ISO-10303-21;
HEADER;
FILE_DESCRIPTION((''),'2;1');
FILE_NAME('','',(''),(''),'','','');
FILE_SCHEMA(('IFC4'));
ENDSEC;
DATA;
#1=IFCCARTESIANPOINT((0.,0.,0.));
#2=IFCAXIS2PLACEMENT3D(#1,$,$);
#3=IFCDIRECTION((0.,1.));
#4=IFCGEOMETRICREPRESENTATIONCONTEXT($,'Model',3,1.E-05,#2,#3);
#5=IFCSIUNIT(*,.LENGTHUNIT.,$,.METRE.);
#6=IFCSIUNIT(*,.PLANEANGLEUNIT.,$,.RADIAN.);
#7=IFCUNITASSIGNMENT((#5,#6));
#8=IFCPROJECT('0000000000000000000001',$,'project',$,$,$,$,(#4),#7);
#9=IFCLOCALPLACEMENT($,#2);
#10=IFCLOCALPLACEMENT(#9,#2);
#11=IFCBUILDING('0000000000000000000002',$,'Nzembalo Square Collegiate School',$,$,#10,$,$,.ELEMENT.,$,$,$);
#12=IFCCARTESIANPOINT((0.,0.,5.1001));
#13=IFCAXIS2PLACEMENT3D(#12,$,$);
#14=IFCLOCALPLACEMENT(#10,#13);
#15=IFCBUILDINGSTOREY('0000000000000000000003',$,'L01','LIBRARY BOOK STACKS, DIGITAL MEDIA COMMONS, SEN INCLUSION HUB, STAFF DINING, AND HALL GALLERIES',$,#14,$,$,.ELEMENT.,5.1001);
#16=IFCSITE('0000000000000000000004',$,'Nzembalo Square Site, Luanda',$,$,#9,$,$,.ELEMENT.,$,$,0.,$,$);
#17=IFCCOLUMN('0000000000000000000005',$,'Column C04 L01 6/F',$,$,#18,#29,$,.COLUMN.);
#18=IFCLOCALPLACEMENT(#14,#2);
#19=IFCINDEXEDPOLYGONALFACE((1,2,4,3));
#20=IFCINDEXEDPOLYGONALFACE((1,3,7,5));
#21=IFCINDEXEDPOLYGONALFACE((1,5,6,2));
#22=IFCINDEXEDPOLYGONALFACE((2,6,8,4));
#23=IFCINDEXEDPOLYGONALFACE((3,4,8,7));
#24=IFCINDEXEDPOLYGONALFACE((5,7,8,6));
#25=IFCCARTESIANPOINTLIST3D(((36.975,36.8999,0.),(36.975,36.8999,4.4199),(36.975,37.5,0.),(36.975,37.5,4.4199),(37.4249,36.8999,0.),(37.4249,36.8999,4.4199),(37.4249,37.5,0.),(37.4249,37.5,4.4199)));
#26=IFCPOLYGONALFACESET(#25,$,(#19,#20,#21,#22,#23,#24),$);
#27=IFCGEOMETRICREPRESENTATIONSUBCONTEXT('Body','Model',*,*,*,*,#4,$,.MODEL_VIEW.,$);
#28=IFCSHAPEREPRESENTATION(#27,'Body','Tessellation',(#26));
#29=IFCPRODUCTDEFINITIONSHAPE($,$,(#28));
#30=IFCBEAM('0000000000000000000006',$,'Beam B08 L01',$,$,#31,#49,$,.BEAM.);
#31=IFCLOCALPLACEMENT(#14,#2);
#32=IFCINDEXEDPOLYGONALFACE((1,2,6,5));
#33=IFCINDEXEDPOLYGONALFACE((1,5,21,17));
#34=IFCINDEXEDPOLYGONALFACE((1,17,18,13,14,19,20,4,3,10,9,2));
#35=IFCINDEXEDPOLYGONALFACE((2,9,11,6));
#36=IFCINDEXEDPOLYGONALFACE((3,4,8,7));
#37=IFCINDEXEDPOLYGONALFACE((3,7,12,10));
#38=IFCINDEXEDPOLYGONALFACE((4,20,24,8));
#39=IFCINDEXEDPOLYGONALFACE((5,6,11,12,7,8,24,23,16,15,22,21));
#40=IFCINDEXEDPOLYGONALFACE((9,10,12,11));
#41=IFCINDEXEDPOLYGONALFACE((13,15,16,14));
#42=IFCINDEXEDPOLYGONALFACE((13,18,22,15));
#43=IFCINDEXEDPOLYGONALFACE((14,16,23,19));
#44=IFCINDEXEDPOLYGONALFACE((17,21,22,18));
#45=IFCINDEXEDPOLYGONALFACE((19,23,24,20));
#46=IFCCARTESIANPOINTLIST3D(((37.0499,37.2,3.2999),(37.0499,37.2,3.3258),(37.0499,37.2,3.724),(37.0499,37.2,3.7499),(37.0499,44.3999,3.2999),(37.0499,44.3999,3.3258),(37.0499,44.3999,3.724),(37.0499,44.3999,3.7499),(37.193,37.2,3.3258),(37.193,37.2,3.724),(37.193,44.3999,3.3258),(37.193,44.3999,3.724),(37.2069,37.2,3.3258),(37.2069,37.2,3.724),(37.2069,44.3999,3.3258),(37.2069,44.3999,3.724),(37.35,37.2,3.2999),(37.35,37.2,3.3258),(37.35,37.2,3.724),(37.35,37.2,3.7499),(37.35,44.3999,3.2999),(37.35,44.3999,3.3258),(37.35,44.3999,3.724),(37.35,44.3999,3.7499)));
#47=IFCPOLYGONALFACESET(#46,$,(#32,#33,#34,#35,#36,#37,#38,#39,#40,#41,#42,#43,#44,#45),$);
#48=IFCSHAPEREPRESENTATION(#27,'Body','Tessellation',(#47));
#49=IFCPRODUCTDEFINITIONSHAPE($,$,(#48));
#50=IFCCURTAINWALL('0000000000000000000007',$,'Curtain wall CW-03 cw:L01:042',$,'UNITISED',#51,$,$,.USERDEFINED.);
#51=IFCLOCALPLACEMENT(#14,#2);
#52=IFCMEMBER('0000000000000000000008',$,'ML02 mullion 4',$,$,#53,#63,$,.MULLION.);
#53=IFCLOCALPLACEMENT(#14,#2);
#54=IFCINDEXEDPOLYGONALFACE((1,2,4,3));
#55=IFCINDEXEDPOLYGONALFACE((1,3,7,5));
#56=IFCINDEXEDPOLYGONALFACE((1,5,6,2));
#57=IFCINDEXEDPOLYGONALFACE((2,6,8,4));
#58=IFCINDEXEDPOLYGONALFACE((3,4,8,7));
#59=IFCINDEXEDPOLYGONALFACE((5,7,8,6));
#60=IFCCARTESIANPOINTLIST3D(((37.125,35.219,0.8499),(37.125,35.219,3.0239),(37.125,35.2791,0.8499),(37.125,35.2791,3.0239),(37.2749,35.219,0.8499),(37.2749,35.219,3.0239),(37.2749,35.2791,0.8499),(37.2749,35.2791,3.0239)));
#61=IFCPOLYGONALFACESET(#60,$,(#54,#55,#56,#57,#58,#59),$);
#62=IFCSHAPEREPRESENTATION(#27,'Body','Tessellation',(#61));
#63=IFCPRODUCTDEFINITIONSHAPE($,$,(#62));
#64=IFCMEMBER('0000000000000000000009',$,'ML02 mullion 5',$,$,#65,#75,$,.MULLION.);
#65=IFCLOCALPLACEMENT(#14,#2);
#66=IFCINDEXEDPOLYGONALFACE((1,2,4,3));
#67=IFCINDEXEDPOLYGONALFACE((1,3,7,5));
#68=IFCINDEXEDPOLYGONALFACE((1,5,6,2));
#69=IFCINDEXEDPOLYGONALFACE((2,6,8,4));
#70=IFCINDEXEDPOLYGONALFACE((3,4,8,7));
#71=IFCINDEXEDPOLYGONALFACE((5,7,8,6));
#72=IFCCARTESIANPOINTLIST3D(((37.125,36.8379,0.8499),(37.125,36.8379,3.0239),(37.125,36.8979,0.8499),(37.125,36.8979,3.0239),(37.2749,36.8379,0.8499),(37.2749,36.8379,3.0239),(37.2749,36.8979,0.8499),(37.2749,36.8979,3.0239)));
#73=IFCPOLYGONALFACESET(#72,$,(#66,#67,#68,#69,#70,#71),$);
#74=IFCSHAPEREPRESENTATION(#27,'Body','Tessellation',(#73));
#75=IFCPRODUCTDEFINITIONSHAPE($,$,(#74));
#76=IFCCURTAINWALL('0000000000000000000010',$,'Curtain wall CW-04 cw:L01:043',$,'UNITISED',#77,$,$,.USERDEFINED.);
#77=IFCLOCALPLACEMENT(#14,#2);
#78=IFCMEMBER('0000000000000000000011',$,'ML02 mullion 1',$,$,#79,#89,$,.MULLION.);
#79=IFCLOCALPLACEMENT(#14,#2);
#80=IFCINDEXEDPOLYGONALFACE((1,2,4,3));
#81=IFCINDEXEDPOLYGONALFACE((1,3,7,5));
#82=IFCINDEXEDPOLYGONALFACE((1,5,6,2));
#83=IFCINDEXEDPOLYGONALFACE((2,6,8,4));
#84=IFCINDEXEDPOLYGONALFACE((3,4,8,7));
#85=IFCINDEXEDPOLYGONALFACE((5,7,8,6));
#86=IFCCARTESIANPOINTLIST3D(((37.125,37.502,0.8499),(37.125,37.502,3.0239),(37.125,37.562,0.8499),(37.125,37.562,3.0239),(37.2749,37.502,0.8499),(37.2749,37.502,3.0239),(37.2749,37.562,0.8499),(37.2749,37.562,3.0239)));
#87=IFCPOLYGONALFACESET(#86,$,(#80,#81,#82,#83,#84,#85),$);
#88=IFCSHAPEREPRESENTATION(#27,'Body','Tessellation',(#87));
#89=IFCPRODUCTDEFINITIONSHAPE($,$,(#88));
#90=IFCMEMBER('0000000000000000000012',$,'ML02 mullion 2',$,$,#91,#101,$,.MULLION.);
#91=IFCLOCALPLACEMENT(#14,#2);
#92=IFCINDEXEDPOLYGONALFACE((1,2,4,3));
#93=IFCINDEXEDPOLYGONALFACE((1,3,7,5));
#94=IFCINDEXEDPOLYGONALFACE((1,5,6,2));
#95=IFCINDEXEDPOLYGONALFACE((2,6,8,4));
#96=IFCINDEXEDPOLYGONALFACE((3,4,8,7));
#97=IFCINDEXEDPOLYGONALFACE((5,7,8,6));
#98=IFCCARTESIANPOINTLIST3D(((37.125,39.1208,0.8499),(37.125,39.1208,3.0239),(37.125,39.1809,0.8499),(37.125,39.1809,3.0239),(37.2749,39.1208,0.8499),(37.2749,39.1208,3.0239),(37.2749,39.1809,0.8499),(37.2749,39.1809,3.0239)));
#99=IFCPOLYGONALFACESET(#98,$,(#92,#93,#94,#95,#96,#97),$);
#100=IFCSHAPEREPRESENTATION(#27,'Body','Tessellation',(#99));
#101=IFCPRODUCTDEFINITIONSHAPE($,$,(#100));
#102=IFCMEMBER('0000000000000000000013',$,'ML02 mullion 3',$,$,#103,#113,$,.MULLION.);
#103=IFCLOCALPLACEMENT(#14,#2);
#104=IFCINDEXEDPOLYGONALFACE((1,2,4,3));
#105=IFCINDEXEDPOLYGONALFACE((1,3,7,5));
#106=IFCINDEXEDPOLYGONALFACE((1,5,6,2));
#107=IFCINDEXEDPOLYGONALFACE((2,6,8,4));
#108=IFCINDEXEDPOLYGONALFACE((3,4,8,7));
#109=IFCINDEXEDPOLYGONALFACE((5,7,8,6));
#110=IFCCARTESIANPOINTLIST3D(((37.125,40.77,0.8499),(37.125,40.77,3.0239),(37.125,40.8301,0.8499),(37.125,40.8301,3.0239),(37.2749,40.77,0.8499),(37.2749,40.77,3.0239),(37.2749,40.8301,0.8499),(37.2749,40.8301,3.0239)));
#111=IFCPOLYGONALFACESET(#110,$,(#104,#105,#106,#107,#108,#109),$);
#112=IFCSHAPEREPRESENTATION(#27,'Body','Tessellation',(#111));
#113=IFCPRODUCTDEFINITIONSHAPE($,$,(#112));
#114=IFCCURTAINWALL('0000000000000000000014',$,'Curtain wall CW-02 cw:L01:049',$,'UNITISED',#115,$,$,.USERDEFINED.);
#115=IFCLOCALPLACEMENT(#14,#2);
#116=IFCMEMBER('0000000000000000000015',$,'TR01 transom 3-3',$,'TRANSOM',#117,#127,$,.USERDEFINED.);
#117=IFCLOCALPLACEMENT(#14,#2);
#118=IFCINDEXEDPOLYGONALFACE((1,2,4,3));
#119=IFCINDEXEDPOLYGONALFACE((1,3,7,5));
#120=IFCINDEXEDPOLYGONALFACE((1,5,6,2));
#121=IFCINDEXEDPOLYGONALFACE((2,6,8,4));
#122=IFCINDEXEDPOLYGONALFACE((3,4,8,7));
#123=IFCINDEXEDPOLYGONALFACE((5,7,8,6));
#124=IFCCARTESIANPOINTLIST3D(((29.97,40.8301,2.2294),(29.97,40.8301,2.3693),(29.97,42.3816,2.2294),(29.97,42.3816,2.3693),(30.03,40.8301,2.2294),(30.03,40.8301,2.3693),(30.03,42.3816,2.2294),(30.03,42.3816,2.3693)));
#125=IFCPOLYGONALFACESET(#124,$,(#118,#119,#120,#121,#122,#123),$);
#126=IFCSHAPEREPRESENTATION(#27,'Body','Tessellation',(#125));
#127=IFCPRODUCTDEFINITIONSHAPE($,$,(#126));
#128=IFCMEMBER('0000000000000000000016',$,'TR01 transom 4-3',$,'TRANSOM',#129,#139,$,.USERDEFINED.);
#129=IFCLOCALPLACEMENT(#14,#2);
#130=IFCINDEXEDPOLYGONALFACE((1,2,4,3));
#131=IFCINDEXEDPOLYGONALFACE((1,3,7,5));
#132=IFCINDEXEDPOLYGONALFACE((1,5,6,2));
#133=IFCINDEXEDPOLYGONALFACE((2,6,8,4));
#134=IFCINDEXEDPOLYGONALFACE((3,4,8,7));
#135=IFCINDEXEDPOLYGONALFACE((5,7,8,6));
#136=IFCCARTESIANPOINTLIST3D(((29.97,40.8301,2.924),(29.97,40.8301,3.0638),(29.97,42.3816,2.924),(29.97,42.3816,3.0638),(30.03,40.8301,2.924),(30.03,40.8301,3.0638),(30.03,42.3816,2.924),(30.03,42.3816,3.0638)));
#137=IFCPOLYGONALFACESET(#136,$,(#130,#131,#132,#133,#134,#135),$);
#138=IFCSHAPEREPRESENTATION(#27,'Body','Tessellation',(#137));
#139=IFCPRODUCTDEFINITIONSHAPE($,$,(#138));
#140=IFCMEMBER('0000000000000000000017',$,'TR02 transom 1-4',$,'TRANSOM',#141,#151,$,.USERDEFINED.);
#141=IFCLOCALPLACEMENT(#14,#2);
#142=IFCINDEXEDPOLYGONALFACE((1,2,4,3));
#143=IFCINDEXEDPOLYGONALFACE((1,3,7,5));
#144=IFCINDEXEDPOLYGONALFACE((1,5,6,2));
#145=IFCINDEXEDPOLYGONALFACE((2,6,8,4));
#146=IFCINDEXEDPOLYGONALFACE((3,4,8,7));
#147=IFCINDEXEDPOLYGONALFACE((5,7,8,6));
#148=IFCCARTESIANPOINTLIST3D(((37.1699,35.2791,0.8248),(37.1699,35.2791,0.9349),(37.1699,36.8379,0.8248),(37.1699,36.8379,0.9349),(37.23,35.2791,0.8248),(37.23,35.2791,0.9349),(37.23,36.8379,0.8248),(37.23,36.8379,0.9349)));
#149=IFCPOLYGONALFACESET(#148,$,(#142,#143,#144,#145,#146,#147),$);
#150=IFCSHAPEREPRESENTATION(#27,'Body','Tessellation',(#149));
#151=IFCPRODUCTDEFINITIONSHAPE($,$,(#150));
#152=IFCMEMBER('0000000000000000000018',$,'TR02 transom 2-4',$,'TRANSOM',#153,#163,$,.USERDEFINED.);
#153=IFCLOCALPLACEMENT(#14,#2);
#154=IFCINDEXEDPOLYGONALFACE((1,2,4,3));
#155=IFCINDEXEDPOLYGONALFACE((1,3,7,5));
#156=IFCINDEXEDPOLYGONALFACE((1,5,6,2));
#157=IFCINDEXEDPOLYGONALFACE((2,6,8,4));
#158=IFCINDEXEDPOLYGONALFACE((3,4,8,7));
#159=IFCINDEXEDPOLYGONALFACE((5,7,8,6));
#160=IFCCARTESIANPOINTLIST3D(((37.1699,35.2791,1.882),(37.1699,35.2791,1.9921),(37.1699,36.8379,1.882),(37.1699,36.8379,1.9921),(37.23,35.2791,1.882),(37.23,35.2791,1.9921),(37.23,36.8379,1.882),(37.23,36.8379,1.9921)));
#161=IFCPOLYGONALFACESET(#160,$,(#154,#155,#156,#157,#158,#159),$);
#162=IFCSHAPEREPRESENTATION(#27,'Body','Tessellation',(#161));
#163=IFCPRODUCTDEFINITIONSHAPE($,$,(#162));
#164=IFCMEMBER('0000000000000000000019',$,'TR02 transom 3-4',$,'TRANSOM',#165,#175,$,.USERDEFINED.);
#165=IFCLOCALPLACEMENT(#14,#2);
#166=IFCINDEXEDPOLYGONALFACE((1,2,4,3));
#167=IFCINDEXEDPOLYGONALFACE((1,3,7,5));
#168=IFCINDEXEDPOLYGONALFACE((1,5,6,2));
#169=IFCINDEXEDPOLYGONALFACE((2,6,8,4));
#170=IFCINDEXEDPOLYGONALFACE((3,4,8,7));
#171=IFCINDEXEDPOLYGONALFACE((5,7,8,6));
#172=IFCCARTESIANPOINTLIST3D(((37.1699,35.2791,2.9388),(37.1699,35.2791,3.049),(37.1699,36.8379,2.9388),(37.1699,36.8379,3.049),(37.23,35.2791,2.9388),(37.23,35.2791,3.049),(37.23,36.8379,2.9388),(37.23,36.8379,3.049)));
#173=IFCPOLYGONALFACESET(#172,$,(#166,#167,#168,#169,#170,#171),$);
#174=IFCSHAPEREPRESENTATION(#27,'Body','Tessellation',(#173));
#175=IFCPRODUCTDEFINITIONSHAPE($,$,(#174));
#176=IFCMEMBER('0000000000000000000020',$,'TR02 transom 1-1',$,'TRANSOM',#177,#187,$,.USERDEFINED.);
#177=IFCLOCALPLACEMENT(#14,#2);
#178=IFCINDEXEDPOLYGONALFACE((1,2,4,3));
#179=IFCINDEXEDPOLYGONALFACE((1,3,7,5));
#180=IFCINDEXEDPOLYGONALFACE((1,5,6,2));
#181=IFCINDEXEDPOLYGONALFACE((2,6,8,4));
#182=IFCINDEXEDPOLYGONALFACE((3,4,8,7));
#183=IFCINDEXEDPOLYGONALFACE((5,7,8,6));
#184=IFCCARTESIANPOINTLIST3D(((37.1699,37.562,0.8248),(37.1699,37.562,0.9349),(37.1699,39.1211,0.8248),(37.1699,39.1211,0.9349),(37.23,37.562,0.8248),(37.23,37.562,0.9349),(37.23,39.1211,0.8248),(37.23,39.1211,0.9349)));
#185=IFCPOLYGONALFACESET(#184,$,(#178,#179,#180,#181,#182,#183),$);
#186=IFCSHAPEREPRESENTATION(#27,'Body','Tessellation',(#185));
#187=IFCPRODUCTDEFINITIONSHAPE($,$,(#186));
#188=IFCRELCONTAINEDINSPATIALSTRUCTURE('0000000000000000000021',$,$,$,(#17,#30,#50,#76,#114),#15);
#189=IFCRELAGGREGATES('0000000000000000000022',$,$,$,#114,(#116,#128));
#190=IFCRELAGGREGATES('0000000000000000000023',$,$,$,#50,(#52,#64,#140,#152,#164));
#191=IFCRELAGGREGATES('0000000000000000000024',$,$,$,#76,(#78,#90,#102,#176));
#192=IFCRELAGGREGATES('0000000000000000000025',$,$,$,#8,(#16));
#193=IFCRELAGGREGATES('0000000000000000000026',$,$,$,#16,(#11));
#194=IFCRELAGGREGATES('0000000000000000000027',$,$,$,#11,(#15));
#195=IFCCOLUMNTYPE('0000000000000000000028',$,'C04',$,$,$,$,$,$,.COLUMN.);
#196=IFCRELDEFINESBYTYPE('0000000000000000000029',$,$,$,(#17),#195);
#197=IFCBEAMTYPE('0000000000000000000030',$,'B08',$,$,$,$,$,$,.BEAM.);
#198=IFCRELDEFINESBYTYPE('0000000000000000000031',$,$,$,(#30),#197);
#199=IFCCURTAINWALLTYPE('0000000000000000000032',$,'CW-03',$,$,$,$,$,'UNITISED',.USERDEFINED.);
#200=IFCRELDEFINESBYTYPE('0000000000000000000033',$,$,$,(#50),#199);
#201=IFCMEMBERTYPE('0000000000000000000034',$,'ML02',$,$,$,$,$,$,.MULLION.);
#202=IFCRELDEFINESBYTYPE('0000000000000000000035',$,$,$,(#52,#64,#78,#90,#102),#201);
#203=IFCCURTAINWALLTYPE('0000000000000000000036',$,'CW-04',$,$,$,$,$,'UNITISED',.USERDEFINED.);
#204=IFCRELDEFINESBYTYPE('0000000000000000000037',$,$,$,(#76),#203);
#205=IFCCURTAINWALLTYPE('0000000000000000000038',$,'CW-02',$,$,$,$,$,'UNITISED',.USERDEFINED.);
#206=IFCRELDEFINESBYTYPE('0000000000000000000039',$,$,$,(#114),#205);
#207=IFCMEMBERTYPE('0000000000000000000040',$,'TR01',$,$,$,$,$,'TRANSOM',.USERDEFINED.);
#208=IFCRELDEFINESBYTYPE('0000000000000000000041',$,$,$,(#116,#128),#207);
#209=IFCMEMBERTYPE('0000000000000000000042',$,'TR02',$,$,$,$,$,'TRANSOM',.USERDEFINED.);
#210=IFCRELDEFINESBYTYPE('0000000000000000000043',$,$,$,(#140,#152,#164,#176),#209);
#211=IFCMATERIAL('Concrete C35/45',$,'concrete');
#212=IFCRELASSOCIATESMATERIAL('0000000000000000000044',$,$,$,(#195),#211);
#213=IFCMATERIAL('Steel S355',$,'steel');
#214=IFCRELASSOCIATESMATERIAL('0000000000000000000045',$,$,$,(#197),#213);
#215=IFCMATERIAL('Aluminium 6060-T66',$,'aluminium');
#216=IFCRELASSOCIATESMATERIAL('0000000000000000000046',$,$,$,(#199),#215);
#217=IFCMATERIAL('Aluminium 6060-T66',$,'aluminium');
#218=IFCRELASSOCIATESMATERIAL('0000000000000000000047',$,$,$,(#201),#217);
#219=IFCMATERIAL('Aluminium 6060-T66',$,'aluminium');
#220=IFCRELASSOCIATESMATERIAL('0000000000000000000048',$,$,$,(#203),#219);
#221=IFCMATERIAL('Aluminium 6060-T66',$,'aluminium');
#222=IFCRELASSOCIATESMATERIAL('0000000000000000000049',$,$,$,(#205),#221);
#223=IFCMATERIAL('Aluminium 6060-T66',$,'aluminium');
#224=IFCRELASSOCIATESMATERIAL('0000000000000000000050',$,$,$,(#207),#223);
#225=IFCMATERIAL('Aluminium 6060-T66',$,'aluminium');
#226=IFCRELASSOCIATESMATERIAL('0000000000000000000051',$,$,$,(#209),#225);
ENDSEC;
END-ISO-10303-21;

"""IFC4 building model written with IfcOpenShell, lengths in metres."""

from ifc_helpers import new_model, si_unit, direction, frame, origin, origin_2d, place, context, subcontext, project, spatial, rectangle, i_section, extrude, material, material_profile, profile_set, type_object, element, aggregate, save


model = new_model("IFC4")

# Units and contexts
model_context = context("Model", 3, precision=1e-05, world=origin(), true_north=direction((0.0, 1.0)))
body_context = subcontext(model_context, "Body", "Model", "MODEL_VIEW")
ifc_project = project(units=[si_unit("LENGTHUNIT", "METRE"), si_unit("PLANEANGLEUNIT", "RADIAN")], contexts=[model_context])

# Site, building, storey
site_placement = place(None, origin())
site = spatial("IfcSite", under=ifc_project, at=site_placement, Name="Nzembalo Square Site, Luanda", CompositionType="ELEMENT", RefElevation=0.0)
building_placement = place(site_placement, origin())
building = spatial("IfcBuilding", under=site, at=building_placement, Name="Nzembalo Square Collegiate School", CompositionType="ELEMENT")
storey_placement = place(building_placement, frame((0.0, 0.0, 5.1001)))
storey = spatial("IfcBuildingStorey", under=building, at=storey_placement, Name="L01", Description="LIBRARY BOOK STACKS, DIGITAL MEDIA COMMONS, SEN INCLUSION HUB, STAFF DINING, AND HALL GALLERIES", CompositionType="ELEMENT", Elevation=5.1001)

# Column
ifc_material_1 = material(Name="Concrete C35/45", Category="concrete")
ifc_material_profile_1 = material_profile(ifc_material_1, rectangle(XDim=0.45, YDim=0.6001, at=origin_2d()), Name="RC 450x600")
ifc_profile_set_1 = profile_set([ifc_material_profile_1], Name="Concrete C35/45")
column_type = type_object("IfcColumnType", Name="C04", PredefinedType="COLUMN", material=ifc_profile_set_1)
column_placement = place(storey_placement, frame((37.2, 37.2, 0.0), z_axis=(0.0, 0.0, 1.0), x_axis=(1.0, 0.0, 0.0)))
element("IfcColumn", 1, at=column_placement, inside=storey, type_object=column_type, Name="Column C04 L01 6/F", PredefinedType="COLUMN", context=body_context, shape_type="SweptSolid", body=[
    extrude(rectangle(XDim=0.45, YDim=0.6001, at=origin_2d()), origin(), (0.0, 0.0, 1.0), 4.4199),
])

# Beam
ifc_material_2 = material(Name="Steel S355", Category="steel")
ifc_material_profile_2 = material_profile(ifc_material_2, i_section(OverallWidth=0.3, OverallDepth=0.45, WebThickness=0.0139, FlangeThickness=0.0259, at=origin_2d()), Name="HEB 450")
ifc_profile_set_2 = profile_set([ifc_material_profile_2], Name="Steel S355")
beam_type = type_object("IfcBeamType", Name="B08", PredefinedType="BEAM", material=ifc_profile_set_2)
beam_placement = place(storey_placement, frame((37.2, 37.2, 3.5249), z_axis=(0.0, 1.0, 0.0), x_axis=(-1.0, 0.0, 0.0)))
element("IfcBeam", 2, at=beam_placement, inside=storey, type_object=beam_type, Name="Beam B08 L01", PredefinedType="BEAM", context=body_context, shape_type="SweptSolid", body=[
    extrude(i_section(OverallWidth=0.3, OverallDepth=0.45, WebThickness=0.0139, FlangeThickness=0.0259, at=origin_2d()), origin(), (0.0, 0.0, 1.0), 7.2),
])

# Curtain walls, members
ifc_material_3 = material(Name="Aluminium 6060-T66", Category="aluminium")
curtain_wall_type_1 = type_object("IfcCurtainWallType", Name="CW-03", ElementType="UNITISED", PredefinedType="USERDEFINED", material=ifc_material_3)
curtain_wall_1_placement = place(storey_placement, origin())
curtain_wall_1 = element("IfcCurtainWall", 3, at=curtain_wall_1_placement, inside=storey, type_object=curtain_wall_type_1, Name="Curtain wall CW-03 cw:L01:042", ObjectType="UNITISED", PredefinedType="USERDEFINED")
ifc_material_4 = material(Name="Aluminium 6060-T66", Category="aluminium")
ifc_material_profile_3 = material_profile(ifc_material_4, rectangle(XDim=0.0601, YDim=0.1499, at=origin_2d()), Name="ALU M60x150")
ifc_profile_set_3 = profile_set([ifc_material_profile_3], Name="Aluminium 6060-T66")
member_type_1 = type_object("IfcMemberType", Name="ML02", PredefinedType="MULLION", material=ifc_profile_set_3)
member_1_placement = place(storey_placement, frame((37.2, 35.249, 0.8499), z_axis=(0.0, 0.0, 1.0), x_axis=(0.0, 1.0, 0.0)))
member_1 = element("IfcMember", 4, at=member_1_placement, type_object=member_type_1, Name="ML02 mullion 4", PredefinedType="MULLION", context=body_context, shape_type="SweptSolid", body=[
    extrude(rectangle(XDim=0.0601, YDim=0.1499, at=origin_2d()), origin(), (0.0, 0.0, 1.0), 2.1741),
])
member_2_placement = place(storey_placement, frame((37.2, 36.8679, 0.8499), z_axis=(0.0, 0.0, 1.0), x_axis=(0.0, 1.0, 0.0)))
member_2 = element("IfcMember", 5, at=member_2_placement, type_object=member_type_1, Name="ML02 mullion 5", PredefinedType="MULLION", context=body_context, shape_type="SweptSolid", body=[
    extrude(rectangle(XDim=0.0601, YDim=0.1499, at=origin_2d()), origin(), (0.0, 0.0, 1.0), 2.1741),
])
ifc_material_5 = material(Name="Aluminium 6060-T66", Category="aluminium")
curtain_wall_type_2 = type_object("IfcCurtainWallType", Name="CW-04", ElementType="UNITISED", PredefinedType="USERDEFINED", material=ifc_material_5)
curtain_wall_2_placement = place(storey_placement, origin())
curtain_wall_2 = element("IfcCurtainWall", 6, at=curtain_wall_2_placement, inside=storey, type_object=curtain_wall_type_2, Name="Curtain wall CW-04 cw:L01:043", ObjectType="UNITISED", PredefinedType="USERDEFINED")
member_3_placement = place(storey_placement, frame((37.2, 37.532, 0.8499), z_axis=(0.0, 0.0, 1.0), x_axis=(0.0, 1.0, 0.0)))
member_3 = element("IfcMember", 7, at=member_3_placement, type_object=member_type_1, Name="ML02 mullion 1", PredefinedType="MULLION", context=body_context, shape_type="SweptSolid", body=[
    extrude(rectangle(XDim=0.0601, YDim=0.1499, at=origin_2d()), origin(), (0.0, 0.0, 1.0), 2.1741),
])
member_4_placement = place(storey_placement, frame((37.2, 39.1509, 0.8499), z_axis=(0.0, 0.0, 1.0), x_axis=(0.0, 1.0, 0.0)))
member_4 = element("IfcMember", 8, at=member_4_placement, type_object=member_type_1, Name="ML02 mullion 2", PredefinedType="MULLION", context=body_context, shape_type="SweptSolid", body=[
    extrude(rectangle(XDim=0.0601, YDim=0.1499, at=origin_2d()), origin(), (0.0, 0.0, 1.0), 2.1741),
])
member_5_placement = place(storey_placement, frame((37.2, 40.8, 0.8499), z_axis=(0.0, 0.0, 1.0), x_axis=(0.0, 1.0, 0.0)))
member_5 = element("IfcMember", 9, at=member_5_placement, type_object=member_type_1, Name="ML02 mullion 3", PredefinedType="MULLION", context=body_context, shape_type="SweptSolid", body=[
    extrude(rectangle(XDim=0.0601, YDim=0.1499, at=origin_2d()), origin(), (0.0, 0.0, 1.0), 2.1741),
])
ifc_material_6 = material(Name="Aluminium 6060-T66", Category="aluminium")
curtain_wall_type_3 = type_object("IfcCurtainWallType", Name="CW-02", ElementType="UNITISED", PredefinedType="USERDEFINED", material=ifc_material_6)
curtain_wall_3_placement = place(storey_placement, origin())
curtain_wall_3 = element("IfcCurtainWall", 10, at=curtain_wall_3_placement, inside=storey, type_object=curtain_wall_type_3, Name="Curtain wall CW-02 cw:L01:049", ObjectType="UNITISED", PredefinedType="USERDEFINED")
ifc_material_7 = material(Name="Aluminium 6060-T66", Category="aluminium")
ifc_material_profile_4 = material_profile(ifc_material_7, rectangle(XDim=0.0601, YDim=0.1399, at=origin_2d()), Name="ALU T60x140")
ifc_profile_set_4 = profile_set([ifc_material_profile_4], Name="Aluminium 6060-T66")
member_type_2 = type_object("IfcMemberType", Name="TR01", ElementType="TRANSOM", PredefinedType="USERDEFINED", material=ifc_profile_set_4)
member_6_placement = place(storey_placement, frame((30.0, 40.8301, 2.2993), z_axis=(0.0, 1.0, 0.0), x_axis=(-1.0, 0.0, 0.0)))
member_6 = element("IfcMember", 11, at=member_6_placement, type_object=member_type_2, Name="TR01 transom 3-3", ObjectType="TRANSOM", PredefinedType="USERDEFINED", context=body_context, shape_type="SweptSolid", body=[
    extrude(rectangle(XDim=0.0601, YDim=0.1399, at=origin_2d()), origin(), (0.0, 0.0, 1.0), 1.5515),
])
member_7_placement = place(storey_placement, frame((30.0, 40.8301, 2.9939), z_axis=(0.0, 1.0, 0.0), x_axis=(-1.0, 0.0, 0.0)))
member_7 = element("IfcMember", 12, at=member_7_placement, type_object=member_type_2, Name="TR01 transom 4-3", ObjectType="TRANSOM", PredefinedType="USERDEFINED", context=body_context, shape_type="SweptSolid", body=[
    extrude(rectangle(XDim=0.0601, YDim=0.1399, at=origin_2d()), origin(), (0.0, 0.0, 1.0), 1.5515),
])
aggregate(curtain_wall_3, [member_6, member_7])

# Members
ifc_material_8 = material(Name="Aluminium 6060-T66", Category="aluminium")
ifc_material_profile_5 = material_profile(ifc_material_8, rectangle(XDim=0.0601, YDim=0.1101, at=origin_2d()), Name="ALU T60x110")
ifc_profile_set_5 = profile_set([ifc_material_profile_5], Name="Aluminium 6060-T66")
member_type_3 = type_object("IfcMemberType", Name="TR02", ElementType="TRANSOM", PredefinedType="USERDEFINED", material=ifc_profile_set_5)
member_8_placement = place(storey_placement, frame((37.2, 35.2791, 0.8799), z_axis=(0.0, 1.0, 0.0), x_axis=(-1.0, 0.0, 0.0)))
member_8 = element("IfcMember", 13, at=member_8_placement, type_object=member_type_3, Name="TR02 transom 1-4", ObjectType="TRANSOM", PredefinedType="USERDEFINED", context=body_context, shape_type="SweptSolid", body=[
    extrude(rectangle(XDim=0.0601, YDim=0.1101, at=origin_2d()), origin(), (0.0, 0.0, 1.0), 1.5588),
])
member_9_placement = place(storey_placement, frame((37.2, 35.2791, 1.937), z_axis=(0.0, 1.0, 0.0), x_axis=(-1.0, 0.0, 0.0)))
member_9 = element("IfcMember", 14, at=member_9_placement, type_object=member_type_3, Name="TR02 transom 2-4", ObjectType="TRANSOM", PredefinedType="USERDEFINED", context=body_context, shape_type="SweptSolid", body=[
    extrude(rectangle(XDim=0.0601, YDim=0.1101, at=origin_2d()), origin(), (0.0, 0.0, 1.0), 1.5588),
])
member_10_placement = place(storey_placement, frame((37.2, 35.2791, 2.9939), z_axis=(0.0, 1.0, 0.0), x_axis=(-1.0, 0.0, 0.0)))
member_10 = element("IfcMember", 15, at=member_10_placement, type_object=member_type_3, Name="TR02 transom 3-4", ObjectType="TRANSOM", PredefinedType="USERDEFINED", context=body_context, shape_type="SweptSolid", body=[
    extrude(rectangle(XDim=0.0601, YDim=0.1101, at=origin_2d()), origin(), (0.0, 0.0, 1.0), 1.5588),
])
member_11_placement = place(storey_placement, frame((37.2, 37.562, 0.8799), z_axis=(0.0, 1.0, 0.0), x_axis=(-1.0, 0.0, 0.0)))
member_11 = element("IfcMember", 16, at=member_11_placement, type_object=member_type_3, Name="TR02 transom 1-1", ObjectType="TRANSOM", PredefinedType="USERDEFINED", context=body_context, shape_type="SweptSolid", body=[
    extrude(rectangle(XDim=0.0601, YDim=0.1101, at=origin_2d()), origin(), (0.0, 0.0, 1.0), 1.5591),
])

aggregate(curtain_wall_1, [member_1, member_2, member_8, member_9, member_10])
aggregate(curtain_wall_2, [member_3, member_4, member_5, member_11])

save(model, "model.ifc")
